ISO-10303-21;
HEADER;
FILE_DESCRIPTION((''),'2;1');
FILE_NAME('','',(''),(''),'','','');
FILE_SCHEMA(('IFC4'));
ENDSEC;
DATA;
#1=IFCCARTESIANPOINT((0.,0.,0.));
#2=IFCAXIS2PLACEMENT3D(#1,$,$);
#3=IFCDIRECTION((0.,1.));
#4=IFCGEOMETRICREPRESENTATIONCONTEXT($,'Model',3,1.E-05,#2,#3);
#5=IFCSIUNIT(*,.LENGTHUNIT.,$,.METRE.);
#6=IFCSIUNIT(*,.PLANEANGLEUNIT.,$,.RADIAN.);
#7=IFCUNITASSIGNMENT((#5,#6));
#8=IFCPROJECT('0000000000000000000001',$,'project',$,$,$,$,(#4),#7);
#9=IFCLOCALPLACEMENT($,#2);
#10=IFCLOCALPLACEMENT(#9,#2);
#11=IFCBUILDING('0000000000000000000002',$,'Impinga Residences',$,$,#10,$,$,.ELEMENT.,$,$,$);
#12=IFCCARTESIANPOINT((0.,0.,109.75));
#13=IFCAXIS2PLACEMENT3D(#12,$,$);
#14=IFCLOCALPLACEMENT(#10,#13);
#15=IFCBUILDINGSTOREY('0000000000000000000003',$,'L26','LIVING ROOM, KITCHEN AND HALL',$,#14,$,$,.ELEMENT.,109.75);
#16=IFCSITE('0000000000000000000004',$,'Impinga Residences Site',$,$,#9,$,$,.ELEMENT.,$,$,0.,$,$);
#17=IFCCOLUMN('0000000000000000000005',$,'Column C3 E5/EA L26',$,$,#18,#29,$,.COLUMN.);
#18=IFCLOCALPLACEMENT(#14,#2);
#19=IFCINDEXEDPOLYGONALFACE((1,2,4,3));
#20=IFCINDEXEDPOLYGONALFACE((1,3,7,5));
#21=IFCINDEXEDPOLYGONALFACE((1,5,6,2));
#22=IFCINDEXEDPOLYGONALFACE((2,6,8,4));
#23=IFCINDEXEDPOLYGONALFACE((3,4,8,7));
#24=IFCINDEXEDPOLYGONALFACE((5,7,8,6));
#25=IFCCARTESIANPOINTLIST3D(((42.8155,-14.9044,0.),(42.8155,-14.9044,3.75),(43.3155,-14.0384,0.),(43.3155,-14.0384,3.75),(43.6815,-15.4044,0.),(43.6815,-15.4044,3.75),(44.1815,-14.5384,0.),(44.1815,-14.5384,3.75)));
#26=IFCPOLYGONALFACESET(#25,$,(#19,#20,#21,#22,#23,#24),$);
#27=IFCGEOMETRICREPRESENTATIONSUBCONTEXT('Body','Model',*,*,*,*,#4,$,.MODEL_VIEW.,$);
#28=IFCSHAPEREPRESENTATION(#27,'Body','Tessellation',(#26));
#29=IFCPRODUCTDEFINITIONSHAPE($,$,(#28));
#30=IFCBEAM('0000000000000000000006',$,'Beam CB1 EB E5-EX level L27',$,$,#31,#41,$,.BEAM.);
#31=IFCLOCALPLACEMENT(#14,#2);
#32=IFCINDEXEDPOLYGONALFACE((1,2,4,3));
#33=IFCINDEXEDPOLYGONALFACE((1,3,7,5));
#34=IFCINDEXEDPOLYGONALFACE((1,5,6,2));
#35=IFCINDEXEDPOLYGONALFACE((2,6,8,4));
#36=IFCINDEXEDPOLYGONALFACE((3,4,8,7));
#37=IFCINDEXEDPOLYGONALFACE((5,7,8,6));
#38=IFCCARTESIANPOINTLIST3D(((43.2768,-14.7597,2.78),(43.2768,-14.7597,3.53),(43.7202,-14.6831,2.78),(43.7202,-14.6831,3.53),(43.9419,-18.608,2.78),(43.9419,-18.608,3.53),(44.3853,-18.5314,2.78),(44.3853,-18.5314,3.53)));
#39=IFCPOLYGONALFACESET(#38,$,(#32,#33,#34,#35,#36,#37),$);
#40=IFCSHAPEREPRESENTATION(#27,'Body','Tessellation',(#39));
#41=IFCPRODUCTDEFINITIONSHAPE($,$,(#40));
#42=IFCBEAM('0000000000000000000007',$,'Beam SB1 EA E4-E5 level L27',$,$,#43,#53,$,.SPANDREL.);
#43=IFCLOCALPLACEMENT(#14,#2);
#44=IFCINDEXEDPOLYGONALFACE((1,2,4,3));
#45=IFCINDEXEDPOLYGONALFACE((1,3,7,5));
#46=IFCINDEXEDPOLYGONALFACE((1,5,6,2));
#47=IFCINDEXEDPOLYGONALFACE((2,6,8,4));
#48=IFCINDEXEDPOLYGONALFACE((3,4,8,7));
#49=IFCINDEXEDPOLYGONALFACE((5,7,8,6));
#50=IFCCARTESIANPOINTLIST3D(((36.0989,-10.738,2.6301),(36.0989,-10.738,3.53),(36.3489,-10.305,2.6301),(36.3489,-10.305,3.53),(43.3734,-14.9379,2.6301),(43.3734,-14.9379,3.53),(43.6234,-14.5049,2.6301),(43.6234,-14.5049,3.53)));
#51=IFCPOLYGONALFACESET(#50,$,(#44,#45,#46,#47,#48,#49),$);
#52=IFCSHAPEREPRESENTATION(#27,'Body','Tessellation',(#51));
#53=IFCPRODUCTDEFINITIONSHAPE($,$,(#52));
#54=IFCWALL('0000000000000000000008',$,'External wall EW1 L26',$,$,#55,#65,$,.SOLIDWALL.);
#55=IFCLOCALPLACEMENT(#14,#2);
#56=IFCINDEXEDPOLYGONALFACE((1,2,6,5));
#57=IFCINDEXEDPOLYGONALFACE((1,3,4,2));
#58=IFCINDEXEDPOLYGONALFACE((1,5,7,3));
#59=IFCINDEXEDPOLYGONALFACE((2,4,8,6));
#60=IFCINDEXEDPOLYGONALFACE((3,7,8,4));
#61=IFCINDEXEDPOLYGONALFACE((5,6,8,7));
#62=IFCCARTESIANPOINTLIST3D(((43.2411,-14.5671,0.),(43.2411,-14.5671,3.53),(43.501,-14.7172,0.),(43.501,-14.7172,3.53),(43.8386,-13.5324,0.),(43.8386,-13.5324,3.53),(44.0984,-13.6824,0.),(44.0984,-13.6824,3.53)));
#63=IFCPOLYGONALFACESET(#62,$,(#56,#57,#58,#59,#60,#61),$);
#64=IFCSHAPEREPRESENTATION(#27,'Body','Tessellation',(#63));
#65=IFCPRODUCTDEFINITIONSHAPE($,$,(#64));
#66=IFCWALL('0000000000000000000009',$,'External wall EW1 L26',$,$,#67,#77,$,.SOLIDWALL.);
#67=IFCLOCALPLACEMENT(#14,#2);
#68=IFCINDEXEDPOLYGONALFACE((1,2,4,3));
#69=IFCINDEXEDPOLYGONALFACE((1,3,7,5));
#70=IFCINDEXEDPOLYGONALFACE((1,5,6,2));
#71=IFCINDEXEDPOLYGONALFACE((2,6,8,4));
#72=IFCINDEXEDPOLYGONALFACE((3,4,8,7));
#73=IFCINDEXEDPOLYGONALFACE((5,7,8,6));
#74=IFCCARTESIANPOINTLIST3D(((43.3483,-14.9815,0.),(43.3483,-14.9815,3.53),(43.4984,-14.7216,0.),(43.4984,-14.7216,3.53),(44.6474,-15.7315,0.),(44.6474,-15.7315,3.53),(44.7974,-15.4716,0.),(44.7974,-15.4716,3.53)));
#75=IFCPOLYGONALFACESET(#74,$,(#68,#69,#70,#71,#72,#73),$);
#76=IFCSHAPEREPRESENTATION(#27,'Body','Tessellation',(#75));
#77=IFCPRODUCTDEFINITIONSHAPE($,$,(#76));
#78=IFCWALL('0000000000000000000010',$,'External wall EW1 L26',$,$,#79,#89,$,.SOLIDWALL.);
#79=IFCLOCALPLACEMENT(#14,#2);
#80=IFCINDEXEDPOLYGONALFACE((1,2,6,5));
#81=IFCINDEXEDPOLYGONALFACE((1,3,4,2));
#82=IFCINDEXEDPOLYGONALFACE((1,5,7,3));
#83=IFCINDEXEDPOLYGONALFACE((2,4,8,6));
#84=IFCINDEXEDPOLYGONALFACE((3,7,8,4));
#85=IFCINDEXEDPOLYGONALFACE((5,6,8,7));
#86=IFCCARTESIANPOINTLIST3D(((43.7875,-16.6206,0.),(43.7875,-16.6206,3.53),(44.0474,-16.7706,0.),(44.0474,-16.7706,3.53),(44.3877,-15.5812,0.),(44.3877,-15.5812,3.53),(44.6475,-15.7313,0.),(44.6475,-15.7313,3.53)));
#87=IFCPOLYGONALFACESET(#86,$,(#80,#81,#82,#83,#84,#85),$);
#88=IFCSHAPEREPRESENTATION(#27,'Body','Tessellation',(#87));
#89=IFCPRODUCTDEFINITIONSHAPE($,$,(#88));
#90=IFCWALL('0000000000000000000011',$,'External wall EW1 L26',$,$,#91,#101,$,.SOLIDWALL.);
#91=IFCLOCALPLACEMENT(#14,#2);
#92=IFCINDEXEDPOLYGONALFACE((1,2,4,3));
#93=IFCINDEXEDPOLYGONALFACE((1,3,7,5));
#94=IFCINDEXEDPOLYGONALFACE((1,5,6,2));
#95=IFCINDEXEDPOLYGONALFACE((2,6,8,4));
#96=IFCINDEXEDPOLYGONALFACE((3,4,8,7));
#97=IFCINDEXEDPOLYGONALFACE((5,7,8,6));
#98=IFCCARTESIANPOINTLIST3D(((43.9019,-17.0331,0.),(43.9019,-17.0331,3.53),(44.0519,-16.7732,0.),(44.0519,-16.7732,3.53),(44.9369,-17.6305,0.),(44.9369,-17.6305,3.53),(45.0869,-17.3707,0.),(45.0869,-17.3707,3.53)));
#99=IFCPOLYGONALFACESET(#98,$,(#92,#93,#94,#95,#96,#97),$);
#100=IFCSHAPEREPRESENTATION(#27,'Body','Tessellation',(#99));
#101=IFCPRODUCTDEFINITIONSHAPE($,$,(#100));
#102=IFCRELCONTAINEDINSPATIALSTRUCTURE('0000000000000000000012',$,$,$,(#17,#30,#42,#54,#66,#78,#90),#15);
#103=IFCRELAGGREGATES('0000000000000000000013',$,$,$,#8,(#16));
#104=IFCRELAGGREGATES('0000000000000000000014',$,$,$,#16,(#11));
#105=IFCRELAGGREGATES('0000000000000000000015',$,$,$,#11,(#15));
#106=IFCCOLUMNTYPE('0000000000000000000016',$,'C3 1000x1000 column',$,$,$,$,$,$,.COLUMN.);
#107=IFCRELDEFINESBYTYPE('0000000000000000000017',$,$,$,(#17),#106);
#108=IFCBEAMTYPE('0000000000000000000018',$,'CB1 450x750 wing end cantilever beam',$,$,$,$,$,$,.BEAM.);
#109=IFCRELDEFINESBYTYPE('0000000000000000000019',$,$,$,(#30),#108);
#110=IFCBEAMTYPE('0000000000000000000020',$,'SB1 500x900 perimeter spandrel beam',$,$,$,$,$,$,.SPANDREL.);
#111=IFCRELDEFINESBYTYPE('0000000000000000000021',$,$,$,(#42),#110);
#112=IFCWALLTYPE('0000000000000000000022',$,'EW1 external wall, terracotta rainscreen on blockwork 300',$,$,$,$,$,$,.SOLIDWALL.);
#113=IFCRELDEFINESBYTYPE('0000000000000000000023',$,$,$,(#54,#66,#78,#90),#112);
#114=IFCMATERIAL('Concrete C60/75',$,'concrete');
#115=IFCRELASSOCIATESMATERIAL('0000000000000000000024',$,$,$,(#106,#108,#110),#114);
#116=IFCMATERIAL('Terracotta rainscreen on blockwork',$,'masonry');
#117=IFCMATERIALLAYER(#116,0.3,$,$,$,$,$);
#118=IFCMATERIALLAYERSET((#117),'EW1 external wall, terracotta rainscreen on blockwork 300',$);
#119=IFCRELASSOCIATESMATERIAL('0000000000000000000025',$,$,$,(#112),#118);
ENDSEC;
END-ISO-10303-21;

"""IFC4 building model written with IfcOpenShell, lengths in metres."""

from ifc_helpers import new_model, si_unit, direction, frame, frame_2d, origin, origin_2d, place, context, subcontext, project, spatial, rectangle, extrude, material, layer, layer_set, material_profile, profile_set, type_object, element, save


model = new_model("IFC4")

# Units and contexts
model_context = context("Model", 3, precision=1e-05, world=origin(), true_north=direction((0.0, 1.0)))
body_context = subcontext(model_context, "Body", "Model", "MODEL_VIEW")
ifc_project = project(units=[si_unit("LENGTHUNIT", "METRE"), si_unit("PLANEANGLEUNIT", "RADIAN")], contexts=[model_context])

# Site, building, storey
site_placement = place(None, origin())
site = spatial("IfcSite", under=ifc_project, at=site_placement, Name="Impinga Residences Site", CompositionType="ELEMENT", RefElevation=0.0)
building_placement = place(site_placement, origin())
building = spatial("IfcBuilding", under=site, at=building_placement, Name="Impinga Residences", CompositionType="ELEMENT")
storey_placement = place(building_placement, frame((0.0, 0.0, 109.75)))
storey = spatial("IfcBuildingStorey", under=building, at=storey_placement, Name="L26", Description="LIVING ROOM, KITCHEN AND HALL", CompositionType="ELEMENT", Elevation=109.75)

# Column
ifc_material_1 = material(Name="Concrete C60/75", Category="concrete")
ifc_material_profile_1 = material_profile(ifc_material_1, rectangle(XDim=1.0, YDim=1.0, at=origin_2d()), Name="RC 1000x1000")
ifc_profile_set_1 = profile_set([ifc_material_profile_1], Name="Concrete C60/75")
column_type = type_object("IfcColumnType", Name="C3 1000x1000 column", PredefinedType="COLUMN", material=ifc_profile_set_1)
column_placement = place(storey_placement, frame((43.4985, -14.7214, 0.0), z_axis=(0.0, 0.0, 1.0), x_axis=(-0.5, -0.866025, 0.0)))
element("IfcColumn", 1, at=column_placement, inside=storey, type_object=column_type, Name="Column C3 E5/EA L26", PredefinedType="COLUMN", context=body_context, shape_type="SweptSolid", body=[
    extrude(rectangle(XDim=1.0, YDim=1.0, at=origin_2d()), origin(), (0.0, 0.0, 1.0), 3.75),
])

# Beams
ifc_material_profile_2 = material_profile(ifc_material_1, rectangle(XDim=0.45, YDim=0.75, at=origin_2d()), Name="RC 450x750")
ifc_profile_set_2 = profile_set([ifc_material_profile_2], Name="Concrete C60/75")
beam_type_1 = type_object("IfcBeamType", Name="CB1 450x750 wing end cantilever beam", PredefinedType="BEAM", material=ifc_profile_set_2)
beam_1_placement = place(storey_placement, frame((43.4985, -14.7214, 3.155), z_axis=(0.170296, -0.985393, 0.0), x_axis=(0.985393, 0.170296, 0.0)))
element("IfcBeam", 2, at=beam_1_placement, inside=storey, type_object=beam_type_1, Name="Beam CB1 EB E5-EX level L27", PredefinedType="BEAM", context=body_context, shape_type="SweptSolid", body=[
    extrude(rectangle(XDim=0.45, YDim=0.75, at=origin_2d()), origin(), (0.0, 0.0, 1.0), 3.9053),
])
ifc_material_profile_3 = material_profile(ifc_material_1, rectangle(XDim=0.5, YDim=0.8999, at=origin_2d()), Name="RC 500x900")
ifc_profile_set_3 = profile_set([ifc_material_profile_3], Name="Concrete C60/75")
beam_type_2 = type_object("IfcBeamType", Name="SB1 500x900 perimeter spandrel beam", PredefinedType="SPANDREL", material=ifc_profile_set_3)
beam_2_placement = place(storey_placement, frame((36.2239, -10.5215, 3.0801), z_axis=(0.866029, -0.499993, 0.0), x_axis=(0.499993, 0.866029, 0.0)))
element("IfcBeam", 3, at=beam_2_placement, inside=storey, type_object=beam_type_2, Name="Beam SB1 EA E4-E5 level L27", PredefinedType="SPANDREL", context=body_context, shape_type="SweptSolid", body=[
    extrude(rectangle(XDim=0.5, YDim=0.8999, at=origin_2d()), origin(), (0.0, 0.0, 1.0), 8.3999),
])

# Walls
ifc_material_2 = material(Name="Terracotta rainscreen on blockwork", Category="masonry")
ifc_layer_1 = layer(ifc_material_2, 0.3)
ifc_layer_set_1 = layer_set([ifc_layer_1], Name="EW1 external wall, terracotta rainscreen on blockwork 300")
wall_type_1 = type_object("IfcWallType", Name="EW1 external wall, terracotta rainscreen on blockwork 300", PredefinedType="SOLIDWALL", material=ifc_layer_set_1)
wall_1_placement = place(storey_placement, frame((43.9685, -13.6074, 0.0), z_axis=(0.0, 0.0, 1.0), x_axis=(-0.500029, -0.866009, 0.0)))
element("IfcWall", 4, at=wall_1_placement, inside=storey, type_object=wall_type_1, Name="External wall EW1 L26", PredefinedType="SOLIDWALL", context=body_context, shape_type="SweptSolid", body=[
    extrude(rectangle(XDim=1.1948, YDim=0.3, at=frame_2d((0.5974, 0.0))), origin(), (0.0, 0.0, 1.0), 3.53),
])
wall_2_placement = place(storey_placement, frame((43.4233, -14.8516, 0.0), z_axis=(0.0, 0.0, 1.0), x_axis=(0.866031, -0.49999, 0.0)))
element("IfcWall", 5, at=wall_2_placement, inside=storey, type_object=wall_type_1, Name="External wall EW1 L26", PredefinedType="SOLIDWALL", context=body_context, shape_type="SweptSolid", body=[
    extrude(rectangle(XDim=1.5, YDim=0.3, at=frame_2d((0.75, 0.0))), origin(), (0.0, 0.0, 1.0), 3.53),
])
wall_3_placement = place(storey_placement, frame((44.5176, -15.6562, 0.0), z_axis=(0.0, 0.0, 1.0), x_axis=(-0.500034, -0.866006, 0.0)))
element("IfcWall", 6, at=wall_3_placement, inside=storey, type_object=wall_type_1, Name="External wall EW1 L26", PredefinedType="SOLIDWALL", context=body_context, shape_type="SweptSolid", body=[
    extrude(rectangle(XDim=1.2002, YDim=0.3, at=frame_2d((0.6001, 0.0))), origin(), (0.0, 0.0, 1.0), 3.53),
])
wall_4_placement = place(storey_placement, frame((43.9768, -16.9031, 0.0), z_axis=(0.0, 0.0, 1.0), x_axis=(0.86606, -0.499941, 0.0)))
element("IfcWall", 7, at=wall_4_placement, inside=storey, type_object=wall_type_1, Name="External wall EW1 L26", PredefinedType="SOLIDWALL", context=body_context, shape_type="SweptSolid", body=[
    extrude(rectangle(XDim=1.1951, YDim=0.3, at=frame_2d((0.5977, 0.0))), origin(), (0.0, 0.0, 1.0), 3.53),
])

save(model, "model.ifc")
